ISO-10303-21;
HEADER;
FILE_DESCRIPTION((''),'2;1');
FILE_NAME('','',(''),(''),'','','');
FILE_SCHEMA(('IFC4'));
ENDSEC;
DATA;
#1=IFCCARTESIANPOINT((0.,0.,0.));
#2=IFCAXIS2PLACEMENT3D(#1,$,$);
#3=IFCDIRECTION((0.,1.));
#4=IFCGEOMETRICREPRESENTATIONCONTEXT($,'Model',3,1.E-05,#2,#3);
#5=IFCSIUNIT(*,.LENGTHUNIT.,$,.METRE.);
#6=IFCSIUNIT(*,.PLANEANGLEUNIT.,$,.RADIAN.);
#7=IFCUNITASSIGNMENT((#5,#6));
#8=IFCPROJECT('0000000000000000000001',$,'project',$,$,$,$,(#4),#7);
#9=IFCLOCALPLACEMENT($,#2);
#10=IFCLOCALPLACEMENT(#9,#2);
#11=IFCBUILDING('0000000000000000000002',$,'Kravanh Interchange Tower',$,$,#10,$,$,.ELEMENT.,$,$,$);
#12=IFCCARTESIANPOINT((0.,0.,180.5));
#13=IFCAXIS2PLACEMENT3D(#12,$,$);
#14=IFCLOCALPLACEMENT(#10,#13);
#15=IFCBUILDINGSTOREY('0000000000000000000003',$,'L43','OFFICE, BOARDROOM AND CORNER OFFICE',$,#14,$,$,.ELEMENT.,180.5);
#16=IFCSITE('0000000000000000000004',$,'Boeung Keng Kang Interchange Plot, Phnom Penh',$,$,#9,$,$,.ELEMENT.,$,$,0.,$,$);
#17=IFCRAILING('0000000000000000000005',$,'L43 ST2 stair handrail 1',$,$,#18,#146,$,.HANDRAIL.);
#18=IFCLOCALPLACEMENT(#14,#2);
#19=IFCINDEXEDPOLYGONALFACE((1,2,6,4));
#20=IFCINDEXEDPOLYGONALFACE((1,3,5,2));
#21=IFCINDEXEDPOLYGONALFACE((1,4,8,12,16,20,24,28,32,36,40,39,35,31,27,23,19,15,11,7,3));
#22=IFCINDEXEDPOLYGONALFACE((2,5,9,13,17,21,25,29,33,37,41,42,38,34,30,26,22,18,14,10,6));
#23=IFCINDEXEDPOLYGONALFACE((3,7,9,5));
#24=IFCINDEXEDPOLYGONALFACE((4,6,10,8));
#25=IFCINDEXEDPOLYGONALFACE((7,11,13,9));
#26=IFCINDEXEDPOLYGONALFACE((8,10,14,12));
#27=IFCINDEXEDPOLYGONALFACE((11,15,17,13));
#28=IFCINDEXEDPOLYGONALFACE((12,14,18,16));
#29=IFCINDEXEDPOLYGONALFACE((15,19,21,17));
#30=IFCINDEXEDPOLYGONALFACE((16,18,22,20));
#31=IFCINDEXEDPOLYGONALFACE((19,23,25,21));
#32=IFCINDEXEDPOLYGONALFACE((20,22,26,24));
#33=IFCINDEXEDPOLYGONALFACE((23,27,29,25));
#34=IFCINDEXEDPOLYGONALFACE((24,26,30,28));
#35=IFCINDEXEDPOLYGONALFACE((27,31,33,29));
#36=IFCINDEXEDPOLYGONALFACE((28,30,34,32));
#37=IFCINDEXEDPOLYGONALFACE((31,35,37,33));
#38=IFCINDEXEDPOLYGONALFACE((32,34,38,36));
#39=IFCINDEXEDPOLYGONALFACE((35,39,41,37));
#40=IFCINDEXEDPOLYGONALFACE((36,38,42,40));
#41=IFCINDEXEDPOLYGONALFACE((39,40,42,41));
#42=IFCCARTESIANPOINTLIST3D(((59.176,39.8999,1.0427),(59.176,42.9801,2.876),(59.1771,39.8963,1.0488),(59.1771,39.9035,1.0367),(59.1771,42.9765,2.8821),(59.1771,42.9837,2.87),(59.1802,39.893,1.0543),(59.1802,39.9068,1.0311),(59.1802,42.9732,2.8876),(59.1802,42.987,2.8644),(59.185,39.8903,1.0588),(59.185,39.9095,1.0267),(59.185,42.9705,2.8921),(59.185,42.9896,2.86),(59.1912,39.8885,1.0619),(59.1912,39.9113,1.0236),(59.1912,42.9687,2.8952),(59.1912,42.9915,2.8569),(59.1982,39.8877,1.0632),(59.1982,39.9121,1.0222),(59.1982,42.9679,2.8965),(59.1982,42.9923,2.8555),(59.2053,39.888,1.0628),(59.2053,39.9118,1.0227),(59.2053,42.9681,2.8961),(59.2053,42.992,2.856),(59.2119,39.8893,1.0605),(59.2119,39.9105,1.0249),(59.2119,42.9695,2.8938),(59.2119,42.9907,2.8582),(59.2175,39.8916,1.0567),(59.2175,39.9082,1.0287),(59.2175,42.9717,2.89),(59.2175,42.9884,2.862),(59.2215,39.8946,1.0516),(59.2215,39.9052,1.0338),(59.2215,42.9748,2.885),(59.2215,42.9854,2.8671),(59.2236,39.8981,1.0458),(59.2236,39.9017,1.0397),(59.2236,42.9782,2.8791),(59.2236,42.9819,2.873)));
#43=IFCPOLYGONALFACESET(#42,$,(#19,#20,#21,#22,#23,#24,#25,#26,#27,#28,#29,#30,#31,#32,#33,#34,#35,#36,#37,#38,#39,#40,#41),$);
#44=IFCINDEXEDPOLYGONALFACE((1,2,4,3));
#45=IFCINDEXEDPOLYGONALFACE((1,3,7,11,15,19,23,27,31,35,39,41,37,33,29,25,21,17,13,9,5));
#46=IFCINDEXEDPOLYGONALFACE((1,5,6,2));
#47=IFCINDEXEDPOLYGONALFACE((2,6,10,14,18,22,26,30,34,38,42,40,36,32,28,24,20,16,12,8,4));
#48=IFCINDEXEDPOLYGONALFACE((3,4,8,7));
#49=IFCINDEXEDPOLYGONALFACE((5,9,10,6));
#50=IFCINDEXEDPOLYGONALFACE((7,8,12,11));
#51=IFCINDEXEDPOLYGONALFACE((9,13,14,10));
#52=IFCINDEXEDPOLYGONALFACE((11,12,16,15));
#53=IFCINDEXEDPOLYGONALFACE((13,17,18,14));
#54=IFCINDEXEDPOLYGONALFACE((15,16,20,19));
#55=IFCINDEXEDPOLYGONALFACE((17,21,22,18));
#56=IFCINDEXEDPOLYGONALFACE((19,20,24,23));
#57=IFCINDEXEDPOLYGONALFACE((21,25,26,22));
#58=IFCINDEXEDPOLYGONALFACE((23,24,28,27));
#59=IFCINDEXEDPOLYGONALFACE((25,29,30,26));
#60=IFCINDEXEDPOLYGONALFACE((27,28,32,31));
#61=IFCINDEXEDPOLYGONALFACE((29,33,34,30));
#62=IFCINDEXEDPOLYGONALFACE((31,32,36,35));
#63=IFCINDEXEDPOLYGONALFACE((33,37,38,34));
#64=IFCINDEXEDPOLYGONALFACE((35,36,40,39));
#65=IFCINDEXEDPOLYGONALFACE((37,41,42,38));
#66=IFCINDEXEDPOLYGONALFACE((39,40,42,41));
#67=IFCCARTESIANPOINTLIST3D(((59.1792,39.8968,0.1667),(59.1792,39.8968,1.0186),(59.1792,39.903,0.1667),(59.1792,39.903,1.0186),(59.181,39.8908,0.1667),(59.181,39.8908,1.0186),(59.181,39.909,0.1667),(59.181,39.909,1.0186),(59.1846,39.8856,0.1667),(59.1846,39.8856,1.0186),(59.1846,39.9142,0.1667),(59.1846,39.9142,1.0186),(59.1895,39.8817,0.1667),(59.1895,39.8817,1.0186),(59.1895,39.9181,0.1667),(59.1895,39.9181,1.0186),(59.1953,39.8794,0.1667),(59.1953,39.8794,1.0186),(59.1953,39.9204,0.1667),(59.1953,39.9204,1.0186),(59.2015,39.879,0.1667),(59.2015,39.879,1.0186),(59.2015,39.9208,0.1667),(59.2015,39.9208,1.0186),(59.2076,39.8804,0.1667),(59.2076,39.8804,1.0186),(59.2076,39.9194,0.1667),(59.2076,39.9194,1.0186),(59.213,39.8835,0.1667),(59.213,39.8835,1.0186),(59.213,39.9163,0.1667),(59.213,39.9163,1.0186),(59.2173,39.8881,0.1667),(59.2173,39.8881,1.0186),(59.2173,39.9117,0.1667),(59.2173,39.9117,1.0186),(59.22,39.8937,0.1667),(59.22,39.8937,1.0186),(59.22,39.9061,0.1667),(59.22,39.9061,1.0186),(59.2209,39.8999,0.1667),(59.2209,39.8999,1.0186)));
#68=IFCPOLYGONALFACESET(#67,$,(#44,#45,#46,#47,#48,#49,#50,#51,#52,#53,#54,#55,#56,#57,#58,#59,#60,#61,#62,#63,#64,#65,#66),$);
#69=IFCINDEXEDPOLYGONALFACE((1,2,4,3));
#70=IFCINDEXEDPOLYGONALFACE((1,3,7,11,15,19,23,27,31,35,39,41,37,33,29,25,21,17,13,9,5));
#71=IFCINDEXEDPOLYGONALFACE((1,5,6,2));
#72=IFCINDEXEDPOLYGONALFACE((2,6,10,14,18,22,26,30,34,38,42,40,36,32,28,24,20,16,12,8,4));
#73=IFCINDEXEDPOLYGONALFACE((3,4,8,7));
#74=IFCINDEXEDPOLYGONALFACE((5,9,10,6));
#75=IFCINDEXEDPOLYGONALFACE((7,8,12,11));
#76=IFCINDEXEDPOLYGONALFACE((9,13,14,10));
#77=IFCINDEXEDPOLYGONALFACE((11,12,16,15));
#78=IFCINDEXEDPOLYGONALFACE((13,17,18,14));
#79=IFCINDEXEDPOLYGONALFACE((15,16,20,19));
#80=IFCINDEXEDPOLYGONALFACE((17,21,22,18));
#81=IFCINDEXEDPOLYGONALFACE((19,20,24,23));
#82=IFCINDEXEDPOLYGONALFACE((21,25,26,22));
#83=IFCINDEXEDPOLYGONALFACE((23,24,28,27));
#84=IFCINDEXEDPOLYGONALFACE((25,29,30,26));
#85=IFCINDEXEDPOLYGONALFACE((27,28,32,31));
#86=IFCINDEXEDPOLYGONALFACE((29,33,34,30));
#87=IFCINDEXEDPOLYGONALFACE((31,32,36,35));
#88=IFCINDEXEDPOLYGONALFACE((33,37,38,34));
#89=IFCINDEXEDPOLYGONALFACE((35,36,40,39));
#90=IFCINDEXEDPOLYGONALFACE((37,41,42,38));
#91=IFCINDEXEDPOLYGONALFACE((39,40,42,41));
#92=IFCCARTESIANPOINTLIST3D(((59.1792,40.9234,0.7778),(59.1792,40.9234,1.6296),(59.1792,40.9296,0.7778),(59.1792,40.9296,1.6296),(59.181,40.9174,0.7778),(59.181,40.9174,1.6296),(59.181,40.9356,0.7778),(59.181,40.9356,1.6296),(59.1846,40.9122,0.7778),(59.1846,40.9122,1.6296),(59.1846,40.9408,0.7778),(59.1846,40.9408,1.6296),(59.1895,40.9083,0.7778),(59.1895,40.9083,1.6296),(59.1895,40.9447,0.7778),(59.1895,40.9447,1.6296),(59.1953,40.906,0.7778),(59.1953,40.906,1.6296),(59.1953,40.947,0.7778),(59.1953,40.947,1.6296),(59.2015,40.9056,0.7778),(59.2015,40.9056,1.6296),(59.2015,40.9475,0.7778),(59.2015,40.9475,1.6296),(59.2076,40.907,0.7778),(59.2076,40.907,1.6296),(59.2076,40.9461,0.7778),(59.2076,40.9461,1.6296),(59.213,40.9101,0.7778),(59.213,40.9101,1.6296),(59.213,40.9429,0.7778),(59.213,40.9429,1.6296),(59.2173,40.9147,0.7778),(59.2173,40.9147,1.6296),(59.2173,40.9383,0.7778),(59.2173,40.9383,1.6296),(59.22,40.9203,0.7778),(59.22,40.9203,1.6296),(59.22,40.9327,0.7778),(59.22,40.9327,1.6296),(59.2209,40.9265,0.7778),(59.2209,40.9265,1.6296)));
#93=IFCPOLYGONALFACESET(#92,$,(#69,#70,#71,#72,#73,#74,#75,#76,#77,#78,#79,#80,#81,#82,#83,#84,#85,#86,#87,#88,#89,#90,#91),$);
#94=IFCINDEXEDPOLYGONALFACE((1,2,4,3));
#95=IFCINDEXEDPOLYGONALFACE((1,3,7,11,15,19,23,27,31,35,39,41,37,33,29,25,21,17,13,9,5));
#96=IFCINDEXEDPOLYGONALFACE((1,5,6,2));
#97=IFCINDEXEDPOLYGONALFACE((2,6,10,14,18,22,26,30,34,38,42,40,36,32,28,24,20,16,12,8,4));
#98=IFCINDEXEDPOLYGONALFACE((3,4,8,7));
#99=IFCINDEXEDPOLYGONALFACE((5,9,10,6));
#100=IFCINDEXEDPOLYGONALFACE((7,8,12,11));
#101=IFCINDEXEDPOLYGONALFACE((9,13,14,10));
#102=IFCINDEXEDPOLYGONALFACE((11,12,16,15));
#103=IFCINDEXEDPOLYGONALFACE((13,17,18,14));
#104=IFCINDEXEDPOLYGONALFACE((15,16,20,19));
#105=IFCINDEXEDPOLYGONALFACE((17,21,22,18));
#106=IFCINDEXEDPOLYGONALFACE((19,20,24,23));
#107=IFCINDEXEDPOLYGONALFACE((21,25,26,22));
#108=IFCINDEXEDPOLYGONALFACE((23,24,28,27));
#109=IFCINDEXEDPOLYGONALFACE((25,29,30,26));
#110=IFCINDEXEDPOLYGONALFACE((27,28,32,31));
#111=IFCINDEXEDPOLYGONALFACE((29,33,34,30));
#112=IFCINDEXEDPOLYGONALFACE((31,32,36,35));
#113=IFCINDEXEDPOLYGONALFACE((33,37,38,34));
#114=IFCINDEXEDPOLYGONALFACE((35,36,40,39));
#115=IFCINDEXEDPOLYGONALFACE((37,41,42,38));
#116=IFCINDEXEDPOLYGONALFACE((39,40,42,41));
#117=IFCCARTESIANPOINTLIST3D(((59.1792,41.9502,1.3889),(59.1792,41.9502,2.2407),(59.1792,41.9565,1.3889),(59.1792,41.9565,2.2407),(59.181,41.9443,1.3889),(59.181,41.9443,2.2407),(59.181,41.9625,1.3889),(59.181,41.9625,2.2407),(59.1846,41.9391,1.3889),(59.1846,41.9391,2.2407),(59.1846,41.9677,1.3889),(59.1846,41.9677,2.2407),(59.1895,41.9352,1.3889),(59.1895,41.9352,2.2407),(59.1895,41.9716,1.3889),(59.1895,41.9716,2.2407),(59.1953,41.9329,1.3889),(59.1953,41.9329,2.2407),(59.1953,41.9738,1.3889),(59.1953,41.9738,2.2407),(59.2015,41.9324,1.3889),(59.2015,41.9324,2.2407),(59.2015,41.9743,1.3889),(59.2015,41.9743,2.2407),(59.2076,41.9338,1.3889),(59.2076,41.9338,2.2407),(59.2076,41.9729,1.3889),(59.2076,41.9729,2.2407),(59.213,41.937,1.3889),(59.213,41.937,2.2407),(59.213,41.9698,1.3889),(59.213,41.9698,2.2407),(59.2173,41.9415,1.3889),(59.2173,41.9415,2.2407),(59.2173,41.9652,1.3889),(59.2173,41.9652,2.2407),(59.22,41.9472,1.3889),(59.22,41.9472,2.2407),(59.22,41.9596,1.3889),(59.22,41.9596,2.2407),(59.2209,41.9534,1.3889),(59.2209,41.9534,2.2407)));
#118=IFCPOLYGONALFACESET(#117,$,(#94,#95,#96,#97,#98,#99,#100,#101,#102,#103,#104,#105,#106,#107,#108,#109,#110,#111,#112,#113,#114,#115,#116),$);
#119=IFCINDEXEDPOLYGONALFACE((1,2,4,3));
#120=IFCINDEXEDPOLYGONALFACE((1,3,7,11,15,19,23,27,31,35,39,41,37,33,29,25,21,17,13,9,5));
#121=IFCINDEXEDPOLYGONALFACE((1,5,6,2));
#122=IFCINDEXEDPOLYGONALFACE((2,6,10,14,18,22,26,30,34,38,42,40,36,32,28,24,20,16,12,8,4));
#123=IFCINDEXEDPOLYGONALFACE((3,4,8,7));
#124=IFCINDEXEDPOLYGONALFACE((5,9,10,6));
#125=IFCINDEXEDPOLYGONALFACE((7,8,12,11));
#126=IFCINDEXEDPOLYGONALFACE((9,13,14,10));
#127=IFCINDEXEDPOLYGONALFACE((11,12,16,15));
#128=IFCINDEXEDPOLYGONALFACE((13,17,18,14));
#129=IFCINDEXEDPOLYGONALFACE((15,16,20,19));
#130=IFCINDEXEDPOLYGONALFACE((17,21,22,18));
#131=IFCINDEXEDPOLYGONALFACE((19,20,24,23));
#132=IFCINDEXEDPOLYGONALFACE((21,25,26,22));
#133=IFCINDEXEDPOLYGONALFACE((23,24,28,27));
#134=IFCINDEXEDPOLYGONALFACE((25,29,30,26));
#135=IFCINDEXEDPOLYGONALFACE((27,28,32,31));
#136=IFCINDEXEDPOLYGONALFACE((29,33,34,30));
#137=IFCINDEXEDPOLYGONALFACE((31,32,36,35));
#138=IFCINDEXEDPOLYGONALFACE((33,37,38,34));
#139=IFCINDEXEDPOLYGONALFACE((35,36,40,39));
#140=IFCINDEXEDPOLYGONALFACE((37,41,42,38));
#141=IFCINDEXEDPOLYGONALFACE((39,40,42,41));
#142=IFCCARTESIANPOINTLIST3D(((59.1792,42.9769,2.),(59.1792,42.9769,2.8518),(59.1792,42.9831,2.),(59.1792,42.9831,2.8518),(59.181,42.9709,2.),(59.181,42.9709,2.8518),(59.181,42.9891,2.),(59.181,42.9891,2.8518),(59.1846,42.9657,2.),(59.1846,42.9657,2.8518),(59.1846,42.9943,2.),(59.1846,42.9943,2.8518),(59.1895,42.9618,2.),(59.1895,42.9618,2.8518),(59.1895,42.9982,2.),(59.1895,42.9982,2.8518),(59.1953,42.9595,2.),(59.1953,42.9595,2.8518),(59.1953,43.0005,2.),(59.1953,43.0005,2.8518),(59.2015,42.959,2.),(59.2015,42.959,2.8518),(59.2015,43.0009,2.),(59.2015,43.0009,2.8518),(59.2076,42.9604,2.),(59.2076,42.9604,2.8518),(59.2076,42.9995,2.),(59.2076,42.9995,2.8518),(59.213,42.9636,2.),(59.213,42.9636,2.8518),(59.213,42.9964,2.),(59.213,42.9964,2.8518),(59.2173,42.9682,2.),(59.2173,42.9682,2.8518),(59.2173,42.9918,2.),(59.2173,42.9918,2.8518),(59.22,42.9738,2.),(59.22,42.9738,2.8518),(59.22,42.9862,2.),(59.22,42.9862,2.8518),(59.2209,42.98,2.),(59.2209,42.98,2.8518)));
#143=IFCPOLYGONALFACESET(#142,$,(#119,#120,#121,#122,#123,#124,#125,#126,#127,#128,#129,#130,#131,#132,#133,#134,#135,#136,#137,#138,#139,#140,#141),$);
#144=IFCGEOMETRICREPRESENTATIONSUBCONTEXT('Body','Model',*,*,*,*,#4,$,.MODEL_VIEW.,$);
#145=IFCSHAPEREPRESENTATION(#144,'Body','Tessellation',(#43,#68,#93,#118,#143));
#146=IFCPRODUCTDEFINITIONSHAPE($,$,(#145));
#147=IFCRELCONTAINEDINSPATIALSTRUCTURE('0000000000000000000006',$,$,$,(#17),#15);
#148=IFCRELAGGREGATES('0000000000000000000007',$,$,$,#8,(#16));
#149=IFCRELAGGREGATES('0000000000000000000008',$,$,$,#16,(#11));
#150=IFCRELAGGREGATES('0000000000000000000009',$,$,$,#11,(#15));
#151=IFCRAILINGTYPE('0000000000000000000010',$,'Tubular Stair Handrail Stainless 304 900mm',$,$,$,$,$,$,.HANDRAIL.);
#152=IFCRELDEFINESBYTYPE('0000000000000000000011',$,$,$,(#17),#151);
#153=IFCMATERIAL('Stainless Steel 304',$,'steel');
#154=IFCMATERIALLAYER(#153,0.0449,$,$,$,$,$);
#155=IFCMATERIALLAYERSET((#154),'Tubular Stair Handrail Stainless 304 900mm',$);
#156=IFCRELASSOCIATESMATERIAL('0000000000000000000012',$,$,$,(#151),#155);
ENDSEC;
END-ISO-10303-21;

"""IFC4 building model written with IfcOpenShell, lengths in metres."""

from ifc_helpers import new_model, si_unit, direction, frame, origin, origin_2d, place, context, subcontext, project, spatial, circle, extrude, material, layer, layer_set, type_object, element, save


model = new_model("IFC4")

# Units and contexts
model_context = context("Model", 3, precision=1e-05, world=origin(), true_north=direction((0.0, 1.0)))
body_context = subcontext(model_context, "Body", "Model", "MODEL_VIEW")
ifc_project = project(units=[si_unit("LENGTHUNIT", "METRE"), si_unit("PLANEANGLEUNIT", "RADIAN")], contexts=[model_context])

# Site, building, storey
site_placement = place(None, origin())
site = spatial("IfcSite", under=ifc_project, at=site_placement, Name="Boeung Keng Kang Interchange Plot, Phnom Penh", CompositionType="ELEMENT", RefElevation=0.0)
building_placement = place(site_placement, origin())
building = spatial("IfcBuilding", under=site, at=building_placement, Name="Kravanh Interchange Tower", CompositionType="ELEMENT")
storey_placement = place(building_placement, frame((0.0, 0.0, 180.5)))
storey = spatial("IfcBuildingStorey", under=building, at=storey_placement, Name="L43", Description="OFFICE, BOARDROOM AND CORNER OFFICE", CompositionType="ELEMENT", Elevation=180.5)

# Railing
ifc_material_1 = material(Name="Stainless Steel 304", Category="steel")
ifc_layer_1 = layer(ifc_material_1, 0.0449)
ifc_layer_set_1 = layer_set([ifc_layer_1], Name="Tubular Stair Handrail Stainless 304 900mm")
railing_type_1 = type_object("IfcRailingType", Name="Tubular Stair Handrail Stainless 304 900mm", PredefinedType="HANDRAIL", material=ifc_layer_set_1)
railing_1_placement = place(storey_placement, frame((59.2, 39.8999, 0.1667)))
element("IfcRailing", 1, at=railing_1_placement, inside=storey, type_object=railing_type_1, Name="L43 ST2 stair handrail 1", PredefinedType="HANDRAIL", context=body_context, shape_type="SweptSolid", body=[
    extrude(circle(Radius=0.0239, at=origin_2d()), frame((0.0, 0.0, 0.876), z_axis=(0.0, 0.859309, 0.511458), x_axis=(-1.0, 0.0, 0.0)), (0.0, 0.0, 1.0), 3.5845),
    extrude(circle(Radius=0.021, at=origin_2d()), origin(), (0.0, 0.0, 1.0), 0.8518),
    extrude(circle(Radius=0.021, at=origin_2d()), frame((0.0, 1.0266, 0.6111)), (0.0, 0.0, 1.0), 0.8518),
    extrude(circle(Radius=0.021, at=origin_2d()), frame((0.0, 2.0535, 1.2222)), (0.0, 0.0, 1.0), 0.8518),
    extrude(circle(Radius=0.021, at=origin_2d()), frame((0.0, 3.0801, 1.8333)), (0.0, 0.0, 1.0), 0.8518),
])

save(model, "model.ifc")
